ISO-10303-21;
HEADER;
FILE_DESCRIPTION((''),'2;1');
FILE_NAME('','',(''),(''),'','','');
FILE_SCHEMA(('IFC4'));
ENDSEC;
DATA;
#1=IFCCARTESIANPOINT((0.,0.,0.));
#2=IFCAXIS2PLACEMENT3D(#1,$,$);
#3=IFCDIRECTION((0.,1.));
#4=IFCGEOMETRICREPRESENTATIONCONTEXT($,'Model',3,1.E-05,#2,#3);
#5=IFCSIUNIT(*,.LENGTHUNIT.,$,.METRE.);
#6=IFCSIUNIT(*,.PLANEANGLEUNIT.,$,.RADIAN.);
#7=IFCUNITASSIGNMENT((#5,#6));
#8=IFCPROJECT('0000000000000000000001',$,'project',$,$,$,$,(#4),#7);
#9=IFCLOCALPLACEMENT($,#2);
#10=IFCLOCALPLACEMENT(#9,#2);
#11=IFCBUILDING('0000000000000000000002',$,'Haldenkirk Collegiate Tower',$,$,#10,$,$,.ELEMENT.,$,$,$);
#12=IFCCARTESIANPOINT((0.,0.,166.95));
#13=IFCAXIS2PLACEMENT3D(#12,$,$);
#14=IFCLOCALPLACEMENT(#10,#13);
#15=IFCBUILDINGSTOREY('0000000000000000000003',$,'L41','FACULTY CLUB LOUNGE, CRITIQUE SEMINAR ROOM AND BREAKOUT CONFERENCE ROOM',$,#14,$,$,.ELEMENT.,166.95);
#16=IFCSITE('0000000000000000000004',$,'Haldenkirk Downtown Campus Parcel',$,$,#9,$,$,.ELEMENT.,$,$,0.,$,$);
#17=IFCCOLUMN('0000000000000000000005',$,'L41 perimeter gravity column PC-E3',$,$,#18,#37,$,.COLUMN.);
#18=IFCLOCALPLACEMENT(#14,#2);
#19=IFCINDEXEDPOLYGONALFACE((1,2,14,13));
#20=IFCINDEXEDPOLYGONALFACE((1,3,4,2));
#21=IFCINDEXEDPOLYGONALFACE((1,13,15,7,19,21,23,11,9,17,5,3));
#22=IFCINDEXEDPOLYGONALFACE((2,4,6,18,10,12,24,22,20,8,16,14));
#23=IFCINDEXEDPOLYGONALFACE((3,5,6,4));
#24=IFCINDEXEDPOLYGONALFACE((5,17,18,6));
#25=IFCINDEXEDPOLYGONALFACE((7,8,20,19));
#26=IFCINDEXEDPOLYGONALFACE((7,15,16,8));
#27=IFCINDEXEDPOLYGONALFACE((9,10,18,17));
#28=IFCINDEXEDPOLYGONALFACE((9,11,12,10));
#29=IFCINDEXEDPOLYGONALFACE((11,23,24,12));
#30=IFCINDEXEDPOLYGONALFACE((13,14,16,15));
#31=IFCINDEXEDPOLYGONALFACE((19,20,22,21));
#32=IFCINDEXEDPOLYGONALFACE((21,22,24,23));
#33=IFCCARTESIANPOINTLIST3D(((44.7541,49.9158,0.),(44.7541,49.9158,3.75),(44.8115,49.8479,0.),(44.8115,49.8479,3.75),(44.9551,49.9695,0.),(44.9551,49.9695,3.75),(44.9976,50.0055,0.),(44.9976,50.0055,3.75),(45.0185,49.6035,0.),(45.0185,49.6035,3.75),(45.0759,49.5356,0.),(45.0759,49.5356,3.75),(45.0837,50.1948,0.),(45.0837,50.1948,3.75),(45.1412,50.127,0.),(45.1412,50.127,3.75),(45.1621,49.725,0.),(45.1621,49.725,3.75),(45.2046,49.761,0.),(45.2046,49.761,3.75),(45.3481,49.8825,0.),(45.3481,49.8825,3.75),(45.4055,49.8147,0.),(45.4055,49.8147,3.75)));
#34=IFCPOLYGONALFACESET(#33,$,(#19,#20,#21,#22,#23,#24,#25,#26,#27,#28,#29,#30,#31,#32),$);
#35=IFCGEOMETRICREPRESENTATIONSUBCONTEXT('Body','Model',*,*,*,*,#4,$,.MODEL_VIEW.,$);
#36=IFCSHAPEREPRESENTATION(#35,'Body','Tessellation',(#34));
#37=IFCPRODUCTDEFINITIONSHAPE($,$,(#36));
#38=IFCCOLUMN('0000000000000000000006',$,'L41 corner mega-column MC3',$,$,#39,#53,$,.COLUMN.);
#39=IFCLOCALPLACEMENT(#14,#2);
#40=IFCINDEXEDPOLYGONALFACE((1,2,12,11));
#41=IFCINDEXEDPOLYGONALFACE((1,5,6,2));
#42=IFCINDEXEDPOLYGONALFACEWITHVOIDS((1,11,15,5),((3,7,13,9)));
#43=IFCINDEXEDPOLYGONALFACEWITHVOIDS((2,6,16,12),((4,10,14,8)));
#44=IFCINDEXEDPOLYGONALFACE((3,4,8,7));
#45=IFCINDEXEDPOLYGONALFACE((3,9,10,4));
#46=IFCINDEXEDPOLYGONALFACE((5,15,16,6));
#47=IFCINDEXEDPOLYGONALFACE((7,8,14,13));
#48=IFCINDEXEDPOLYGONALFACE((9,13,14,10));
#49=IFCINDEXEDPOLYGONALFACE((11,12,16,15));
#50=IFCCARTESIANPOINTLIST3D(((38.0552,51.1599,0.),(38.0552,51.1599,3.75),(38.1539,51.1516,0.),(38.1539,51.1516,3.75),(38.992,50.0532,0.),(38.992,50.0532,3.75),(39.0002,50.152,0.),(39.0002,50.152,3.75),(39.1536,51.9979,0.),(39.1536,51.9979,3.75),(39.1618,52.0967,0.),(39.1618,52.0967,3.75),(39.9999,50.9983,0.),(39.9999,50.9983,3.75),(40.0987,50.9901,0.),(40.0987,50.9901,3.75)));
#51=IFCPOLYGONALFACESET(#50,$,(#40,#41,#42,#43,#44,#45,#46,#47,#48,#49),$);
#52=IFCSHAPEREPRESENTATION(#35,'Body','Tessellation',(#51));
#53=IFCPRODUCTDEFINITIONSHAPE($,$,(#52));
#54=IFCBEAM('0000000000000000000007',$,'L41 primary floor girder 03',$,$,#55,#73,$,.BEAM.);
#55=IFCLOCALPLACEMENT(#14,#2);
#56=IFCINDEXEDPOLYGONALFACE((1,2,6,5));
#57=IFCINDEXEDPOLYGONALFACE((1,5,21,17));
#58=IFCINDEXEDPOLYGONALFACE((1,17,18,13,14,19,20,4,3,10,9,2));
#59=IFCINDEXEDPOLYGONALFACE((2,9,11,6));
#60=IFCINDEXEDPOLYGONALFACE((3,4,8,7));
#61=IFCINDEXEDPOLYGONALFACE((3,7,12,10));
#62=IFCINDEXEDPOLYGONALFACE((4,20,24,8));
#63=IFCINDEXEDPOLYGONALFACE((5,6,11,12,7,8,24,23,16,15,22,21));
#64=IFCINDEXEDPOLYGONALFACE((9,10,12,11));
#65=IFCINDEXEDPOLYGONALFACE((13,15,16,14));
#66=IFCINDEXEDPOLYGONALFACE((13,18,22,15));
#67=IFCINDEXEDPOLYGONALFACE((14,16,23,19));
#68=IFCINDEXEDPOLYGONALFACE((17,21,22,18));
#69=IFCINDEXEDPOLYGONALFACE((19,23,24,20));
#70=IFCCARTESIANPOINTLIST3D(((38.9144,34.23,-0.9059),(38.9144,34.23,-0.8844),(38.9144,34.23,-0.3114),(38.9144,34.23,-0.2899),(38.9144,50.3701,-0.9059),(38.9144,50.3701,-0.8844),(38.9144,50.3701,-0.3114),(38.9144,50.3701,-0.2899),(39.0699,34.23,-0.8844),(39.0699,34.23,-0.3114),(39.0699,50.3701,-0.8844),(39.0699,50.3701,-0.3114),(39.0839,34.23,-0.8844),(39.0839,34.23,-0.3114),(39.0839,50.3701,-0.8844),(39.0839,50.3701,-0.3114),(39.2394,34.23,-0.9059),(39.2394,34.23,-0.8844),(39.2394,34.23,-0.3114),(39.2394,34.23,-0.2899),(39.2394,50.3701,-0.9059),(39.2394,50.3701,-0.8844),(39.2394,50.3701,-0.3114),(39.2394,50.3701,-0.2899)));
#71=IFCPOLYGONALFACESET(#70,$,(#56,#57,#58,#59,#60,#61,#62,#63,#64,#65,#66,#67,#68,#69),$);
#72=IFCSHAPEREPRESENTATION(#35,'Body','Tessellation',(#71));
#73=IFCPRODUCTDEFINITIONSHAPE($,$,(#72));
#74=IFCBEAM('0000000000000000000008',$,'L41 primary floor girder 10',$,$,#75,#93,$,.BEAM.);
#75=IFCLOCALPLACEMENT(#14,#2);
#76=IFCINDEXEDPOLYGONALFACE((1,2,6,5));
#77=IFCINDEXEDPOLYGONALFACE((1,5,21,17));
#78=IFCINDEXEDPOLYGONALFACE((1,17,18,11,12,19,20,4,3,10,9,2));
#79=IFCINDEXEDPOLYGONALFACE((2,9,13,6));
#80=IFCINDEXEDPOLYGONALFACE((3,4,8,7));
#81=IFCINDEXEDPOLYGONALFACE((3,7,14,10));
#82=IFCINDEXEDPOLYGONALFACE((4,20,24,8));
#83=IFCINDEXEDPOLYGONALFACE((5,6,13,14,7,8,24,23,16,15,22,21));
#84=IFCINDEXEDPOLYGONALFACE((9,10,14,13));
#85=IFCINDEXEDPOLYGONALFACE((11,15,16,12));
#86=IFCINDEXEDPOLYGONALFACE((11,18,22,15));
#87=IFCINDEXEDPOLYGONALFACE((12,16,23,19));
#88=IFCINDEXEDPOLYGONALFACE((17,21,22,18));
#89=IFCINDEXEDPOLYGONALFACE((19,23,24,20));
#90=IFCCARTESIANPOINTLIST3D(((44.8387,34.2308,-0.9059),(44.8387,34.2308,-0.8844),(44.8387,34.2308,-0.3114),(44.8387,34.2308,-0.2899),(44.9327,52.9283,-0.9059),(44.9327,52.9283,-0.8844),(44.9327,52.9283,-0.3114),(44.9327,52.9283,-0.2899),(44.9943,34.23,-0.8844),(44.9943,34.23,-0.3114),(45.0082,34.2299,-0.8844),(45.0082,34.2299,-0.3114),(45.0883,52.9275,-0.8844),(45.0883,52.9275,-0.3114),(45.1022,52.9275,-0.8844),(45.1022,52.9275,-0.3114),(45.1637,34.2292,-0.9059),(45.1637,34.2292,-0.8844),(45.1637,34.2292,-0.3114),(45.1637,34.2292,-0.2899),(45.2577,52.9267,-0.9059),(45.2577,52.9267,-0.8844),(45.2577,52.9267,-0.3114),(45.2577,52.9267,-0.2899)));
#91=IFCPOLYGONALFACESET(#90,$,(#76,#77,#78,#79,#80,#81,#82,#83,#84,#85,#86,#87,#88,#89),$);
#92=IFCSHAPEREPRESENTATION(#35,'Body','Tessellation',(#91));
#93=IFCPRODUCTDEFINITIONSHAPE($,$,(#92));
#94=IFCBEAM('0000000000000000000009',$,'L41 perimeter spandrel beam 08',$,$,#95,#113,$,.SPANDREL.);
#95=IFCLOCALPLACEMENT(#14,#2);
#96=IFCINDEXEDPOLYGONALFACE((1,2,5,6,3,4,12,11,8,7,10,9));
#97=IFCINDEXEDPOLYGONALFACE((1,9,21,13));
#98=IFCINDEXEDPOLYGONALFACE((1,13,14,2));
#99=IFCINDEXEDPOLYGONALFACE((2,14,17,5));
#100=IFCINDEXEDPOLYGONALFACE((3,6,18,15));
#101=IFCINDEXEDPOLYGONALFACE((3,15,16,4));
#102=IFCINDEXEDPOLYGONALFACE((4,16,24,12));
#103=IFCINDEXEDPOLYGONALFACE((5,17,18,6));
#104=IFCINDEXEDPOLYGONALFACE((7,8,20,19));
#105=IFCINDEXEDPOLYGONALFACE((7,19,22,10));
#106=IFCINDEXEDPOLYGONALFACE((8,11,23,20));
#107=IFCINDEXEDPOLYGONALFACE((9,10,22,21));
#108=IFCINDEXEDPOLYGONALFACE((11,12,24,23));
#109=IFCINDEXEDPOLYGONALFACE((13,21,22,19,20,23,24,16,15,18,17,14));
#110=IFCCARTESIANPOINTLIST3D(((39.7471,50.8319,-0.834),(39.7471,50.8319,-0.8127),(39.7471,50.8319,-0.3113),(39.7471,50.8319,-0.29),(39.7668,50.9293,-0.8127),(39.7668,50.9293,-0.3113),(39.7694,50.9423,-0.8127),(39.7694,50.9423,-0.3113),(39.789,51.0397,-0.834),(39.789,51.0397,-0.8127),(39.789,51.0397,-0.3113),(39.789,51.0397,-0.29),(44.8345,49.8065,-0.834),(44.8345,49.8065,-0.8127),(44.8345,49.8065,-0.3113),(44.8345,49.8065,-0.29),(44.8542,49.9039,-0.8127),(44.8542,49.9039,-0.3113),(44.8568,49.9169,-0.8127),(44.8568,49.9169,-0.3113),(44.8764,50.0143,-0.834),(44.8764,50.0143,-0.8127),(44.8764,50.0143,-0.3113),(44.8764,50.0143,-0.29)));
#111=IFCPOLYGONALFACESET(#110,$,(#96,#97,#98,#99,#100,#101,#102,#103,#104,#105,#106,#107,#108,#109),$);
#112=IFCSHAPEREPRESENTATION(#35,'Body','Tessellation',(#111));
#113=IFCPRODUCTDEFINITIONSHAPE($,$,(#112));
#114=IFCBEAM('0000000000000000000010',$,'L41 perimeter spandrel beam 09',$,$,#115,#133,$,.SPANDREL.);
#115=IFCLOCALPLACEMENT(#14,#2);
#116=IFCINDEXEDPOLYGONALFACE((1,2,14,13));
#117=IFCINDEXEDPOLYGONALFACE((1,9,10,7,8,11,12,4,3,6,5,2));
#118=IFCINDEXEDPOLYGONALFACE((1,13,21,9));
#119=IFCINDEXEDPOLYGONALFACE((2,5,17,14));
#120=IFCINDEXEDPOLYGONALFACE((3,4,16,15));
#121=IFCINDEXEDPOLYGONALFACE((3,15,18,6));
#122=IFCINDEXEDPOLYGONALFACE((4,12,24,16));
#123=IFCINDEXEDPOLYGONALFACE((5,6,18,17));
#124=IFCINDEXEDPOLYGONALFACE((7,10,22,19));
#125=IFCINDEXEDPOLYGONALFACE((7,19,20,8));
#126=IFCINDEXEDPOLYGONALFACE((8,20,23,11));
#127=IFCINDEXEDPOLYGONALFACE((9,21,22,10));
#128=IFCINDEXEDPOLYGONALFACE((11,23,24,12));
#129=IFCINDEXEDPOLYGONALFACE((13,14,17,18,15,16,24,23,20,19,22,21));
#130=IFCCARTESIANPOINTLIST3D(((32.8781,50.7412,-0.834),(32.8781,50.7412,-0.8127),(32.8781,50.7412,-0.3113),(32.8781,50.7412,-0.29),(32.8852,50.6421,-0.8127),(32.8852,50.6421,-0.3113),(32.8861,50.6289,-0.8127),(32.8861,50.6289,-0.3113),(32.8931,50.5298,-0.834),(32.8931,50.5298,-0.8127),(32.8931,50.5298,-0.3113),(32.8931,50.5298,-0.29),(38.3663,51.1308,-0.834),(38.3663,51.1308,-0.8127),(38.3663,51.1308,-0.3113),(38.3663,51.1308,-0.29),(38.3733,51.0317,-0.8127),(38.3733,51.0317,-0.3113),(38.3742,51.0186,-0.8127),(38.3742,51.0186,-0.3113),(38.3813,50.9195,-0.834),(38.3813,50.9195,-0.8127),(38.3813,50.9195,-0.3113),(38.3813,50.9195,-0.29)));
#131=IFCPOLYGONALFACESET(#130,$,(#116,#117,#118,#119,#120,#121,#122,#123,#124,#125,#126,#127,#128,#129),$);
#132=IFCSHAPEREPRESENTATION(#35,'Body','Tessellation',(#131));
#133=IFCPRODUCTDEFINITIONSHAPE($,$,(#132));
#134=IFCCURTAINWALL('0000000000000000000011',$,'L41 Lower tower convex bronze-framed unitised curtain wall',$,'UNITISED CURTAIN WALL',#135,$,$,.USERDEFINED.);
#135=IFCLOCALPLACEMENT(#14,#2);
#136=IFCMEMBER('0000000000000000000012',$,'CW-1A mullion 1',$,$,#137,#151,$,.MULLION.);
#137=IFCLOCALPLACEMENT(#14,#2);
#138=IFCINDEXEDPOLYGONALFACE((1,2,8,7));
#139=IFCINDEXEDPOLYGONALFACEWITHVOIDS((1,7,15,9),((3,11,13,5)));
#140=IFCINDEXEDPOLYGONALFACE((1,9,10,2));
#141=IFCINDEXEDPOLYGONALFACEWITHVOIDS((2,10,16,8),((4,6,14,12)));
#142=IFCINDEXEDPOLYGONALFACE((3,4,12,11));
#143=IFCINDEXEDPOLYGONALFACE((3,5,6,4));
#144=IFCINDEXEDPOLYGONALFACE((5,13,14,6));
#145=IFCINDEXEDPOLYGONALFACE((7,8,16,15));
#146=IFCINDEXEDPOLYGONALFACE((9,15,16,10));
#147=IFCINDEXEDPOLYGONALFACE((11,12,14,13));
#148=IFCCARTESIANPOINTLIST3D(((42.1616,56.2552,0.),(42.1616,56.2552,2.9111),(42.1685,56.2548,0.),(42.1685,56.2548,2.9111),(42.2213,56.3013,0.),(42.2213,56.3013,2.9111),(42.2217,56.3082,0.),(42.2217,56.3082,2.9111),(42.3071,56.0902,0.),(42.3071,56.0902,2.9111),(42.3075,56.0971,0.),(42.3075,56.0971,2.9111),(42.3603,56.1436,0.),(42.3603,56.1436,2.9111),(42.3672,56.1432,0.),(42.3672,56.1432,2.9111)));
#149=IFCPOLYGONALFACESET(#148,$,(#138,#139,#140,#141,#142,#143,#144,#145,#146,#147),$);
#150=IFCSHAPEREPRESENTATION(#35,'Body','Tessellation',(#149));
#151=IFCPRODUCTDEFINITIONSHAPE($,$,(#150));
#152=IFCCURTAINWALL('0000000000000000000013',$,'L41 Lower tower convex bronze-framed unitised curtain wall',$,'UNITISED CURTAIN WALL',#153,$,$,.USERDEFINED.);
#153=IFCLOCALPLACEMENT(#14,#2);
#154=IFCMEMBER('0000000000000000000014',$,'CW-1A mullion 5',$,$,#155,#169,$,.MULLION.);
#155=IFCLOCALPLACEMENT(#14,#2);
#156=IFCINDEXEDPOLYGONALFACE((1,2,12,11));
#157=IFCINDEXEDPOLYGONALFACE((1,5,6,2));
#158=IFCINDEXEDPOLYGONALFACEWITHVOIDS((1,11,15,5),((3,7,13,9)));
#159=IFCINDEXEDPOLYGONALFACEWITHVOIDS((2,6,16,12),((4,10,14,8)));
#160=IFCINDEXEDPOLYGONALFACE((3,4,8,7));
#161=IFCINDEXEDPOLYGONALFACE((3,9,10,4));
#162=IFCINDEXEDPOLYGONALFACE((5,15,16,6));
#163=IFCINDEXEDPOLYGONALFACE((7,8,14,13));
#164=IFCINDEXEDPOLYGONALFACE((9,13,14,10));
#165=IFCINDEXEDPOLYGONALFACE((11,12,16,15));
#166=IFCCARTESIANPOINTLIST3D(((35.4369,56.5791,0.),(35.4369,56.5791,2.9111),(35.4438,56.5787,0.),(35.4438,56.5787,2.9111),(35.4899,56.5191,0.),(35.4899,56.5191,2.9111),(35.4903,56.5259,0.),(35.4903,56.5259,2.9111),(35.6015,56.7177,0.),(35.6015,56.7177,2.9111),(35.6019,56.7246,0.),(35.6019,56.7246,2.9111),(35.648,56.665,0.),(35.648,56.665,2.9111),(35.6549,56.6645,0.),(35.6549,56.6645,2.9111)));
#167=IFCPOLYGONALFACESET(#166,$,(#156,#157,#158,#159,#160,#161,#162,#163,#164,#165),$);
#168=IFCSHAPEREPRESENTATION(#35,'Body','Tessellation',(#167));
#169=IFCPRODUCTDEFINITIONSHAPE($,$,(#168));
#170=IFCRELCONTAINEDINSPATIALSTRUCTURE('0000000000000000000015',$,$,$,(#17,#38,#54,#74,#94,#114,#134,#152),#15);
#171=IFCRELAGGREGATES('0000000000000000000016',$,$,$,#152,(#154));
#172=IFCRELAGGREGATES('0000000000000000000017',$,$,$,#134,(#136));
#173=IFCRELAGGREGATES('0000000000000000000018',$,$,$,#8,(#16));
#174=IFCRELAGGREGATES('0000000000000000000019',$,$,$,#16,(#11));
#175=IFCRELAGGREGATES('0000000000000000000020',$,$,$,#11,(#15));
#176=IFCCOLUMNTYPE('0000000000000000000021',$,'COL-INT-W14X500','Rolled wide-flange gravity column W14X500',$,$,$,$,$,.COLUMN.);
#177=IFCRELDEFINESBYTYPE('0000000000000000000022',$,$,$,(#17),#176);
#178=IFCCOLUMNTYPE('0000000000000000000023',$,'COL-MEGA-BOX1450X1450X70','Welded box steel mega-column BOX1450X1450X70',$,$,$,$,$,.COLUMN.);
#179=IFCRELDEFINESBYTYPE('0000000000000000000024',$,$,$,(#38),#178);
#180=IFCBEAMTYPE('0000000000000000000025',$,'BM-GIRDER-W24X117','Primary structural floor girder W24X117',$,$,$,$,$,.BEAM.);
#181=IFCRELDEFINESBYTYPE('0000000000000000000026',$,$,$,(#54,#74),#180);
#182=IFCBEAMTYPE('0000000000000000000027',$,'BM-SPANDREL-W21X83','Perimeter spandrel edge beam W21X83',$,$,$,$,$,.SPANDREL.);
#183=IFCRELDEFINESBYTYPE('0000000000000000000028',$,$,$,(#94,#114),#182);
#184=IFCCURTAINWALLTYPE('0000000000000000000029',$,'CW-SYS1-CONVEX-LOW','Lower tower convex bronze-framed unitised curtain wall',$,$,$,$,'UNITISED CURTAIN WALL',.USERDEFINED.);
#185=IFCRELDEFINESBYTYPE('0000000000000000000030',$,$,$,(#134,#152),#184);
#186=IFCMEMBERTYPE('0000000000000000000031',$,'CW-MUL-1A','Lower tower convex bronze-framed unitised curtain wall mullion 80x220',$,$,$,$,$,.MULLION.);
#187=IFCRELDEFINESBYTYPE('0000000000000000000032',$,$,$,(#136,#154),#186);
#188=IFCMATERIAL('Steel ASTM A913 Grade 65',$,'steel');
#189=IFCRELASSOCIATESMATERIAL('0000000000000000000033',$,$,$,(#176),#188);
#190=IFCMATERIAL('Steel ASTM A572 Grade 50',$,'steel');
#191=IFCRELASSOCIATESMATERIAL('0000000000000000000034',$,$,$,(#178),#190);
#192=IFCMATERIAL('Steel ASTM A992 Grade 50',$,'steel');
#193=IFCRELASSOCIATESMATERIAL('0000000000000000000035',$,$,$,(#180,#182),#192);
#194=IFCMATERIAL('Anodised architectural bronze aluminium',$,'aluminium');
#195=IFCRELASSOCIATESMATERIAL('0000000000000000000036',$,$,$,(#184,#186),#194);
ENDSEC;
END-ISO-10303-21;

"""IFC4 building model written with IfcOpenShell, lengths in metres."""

from ifc_helpers import new_model, si_unit, direction, frame, origin, origin_2d, place, context, subcontext, project, spatial, hollow_rectangle, i_section, extrude, material, material_profile, profile_set, type_object, element, aggregate, save


model = new_model("IFC4")

# Units and contexts
model_context = context("Model", 3, precision=1e-05, world=origin(), true_north=direction((0.0, 1.0)))
body_context = subcontext(model_context, "Body", "Model", "MODEL_VIEW")
ifc_project = project(units=[si_unit("LENGTHUNIT", "METRE"), si_unit("PLANEANGLEUNIT", "RADIAN")], contexts=[model_context])

# Site, building, storey
site_placement = place(None, origin())
site = spatial("IfcSite", under=ifc_project, at=site_placement, Name="Haldenkirk Downtown Campus Parcel", CompositionType="ELEMENT", RefElevation=0.0)
building_placement = place(site_placement, origin())
building = spatial("IfcBuilding", under=site, at=building_placement, Name="Haldenkirk Collegiate Tower", CompositionType="ELEMENT")
storey_placement = place(building_placement, frame((0.0, 0.0, 166.95)))
storey = spatial("IfcBuildingStorey", under=building, at=storey_placement, Name="L41", Description="FACULTY CLUB LOUNGE, CRITIQUE SEMINAR ROOM AND BREAKOUT CONFERENCE ROOM", CompositionType="ELEMENT", Elevation=166.95)

# Columns
ifc_material_1 = material(Name="Steel ASTM A913 Grade 65", Category="steel")
ifc_material_profile_1 = material_profile(ifc_material_1, i_section(OverallWidth=0.4319, OverallDepth=0.498, WebThickness=0.0557, FlangeThickness=0.0889, at=origin_2d()), Name="W14X500")
ifc_profile_set_1 = profile_set([ifc_material_profile_1], Name="Steel ASTM A913 Grade 65")
column_type_1 = type_object("IfcColumnType", Name="COL-INT-W14X500", Description="Rolled wide-flange gravity column W14X500", PredefinedType="COLUMN", material=ifc_profile_set_1)
column_1_placement = place(storey_placement, frame((45.0798, 49.8652, 0.0), z_axis=(0.0, 0.0, 1.0), x_axis=(0.763232, 0.646124, 0.0)))
element("IfcColumn", 1, at=column_1_placement, inside=storey, type_object=column_type_1, Name="L41 perimeter gravity column PC-E3", PredefinedType="COLUMN", context=body_context, shape_type="SweptSolid", body=[
    extrude(i_section(OverallWidth=0.4319, OverallDepth=0.498, WebThickness=0.0557, FlangeThickness=0.0889, at=origin_2d()), origin(), (0.0, 0.0, 1.0), 3.75),
])
ifc_material_2 = material(Name="Steel ASTM A572 Grade 50", Category="steel")
ifc_material_profile_2 = material_profile(ifc_material_2, hollow_rectangle(XDim=1.45, YDim=1.45, WallThickness=0.0701, at=origin_2d()), Name="BOX1450X1450X70")
ifc_profile_set_2 = profile_set([ifc_material_profile_2], Name="Steel ASTM A572 Grade 50")
column_type_2 = type_object("IfcColumnType", Name="COL-MEGA-BOX1450X1450X70", Description="Welded box steel mega-column BOX1450X1450X70", PredefinedType="COLUMN", material=ifc_profile_set_2)
column_2_placement = place(storey_placement, frame((39.0769, 51.075, 0.0), z_axis=(0.0, 0.0, 1.0), x_axis=(0.763232, 0.646124, 0.0)))
element("IfcColumn", 2, at=column_2_placement, inside=storey, type_object=column_type_2, Name="L41 corner mega-column MC3", PredefinedType="COLUMN", context=body_context, shape_type="SweptSolid", body=[
    extrude(hollow_rectangle(XDim=1.45, YDim=1.45, WallThickness=0.0701, at=origin_2d()), origin(), (0.0, 0.0, 1.0), 3.75),
])

# Beams
ifc_material_3 = material(Name="Steel ASTM A992 Grade 50", Category="steel")
ifc_material_profile_3 = material_profile(ifc_material_3, i_section(OverallWidth=0.325, OverallDepth=0.616, WebThickness=0.0139, FlangeThickness=0.0215, at=origin_2d()), Name="W24X117")
ifc_profile_set_3 = profile_set([ifc_material_profile_3], Name="Steel ASTM A992 Grade 50")
beam_type_1 = type_object("IfcBeamType", Name="BM-GIRDER-W24X117", Description="Primary structural floor girder W24X117", PredefinedType="BEAM", material=ifc_profile_set_3)
beam_1_placement = place(storey_placement, frame((39.0769, 50.3701, -0.5979), z_axis=(0.0, -1.0, 0.0), x_axis=(1.0, 0.0, 0.0)))
element("IfcBeam", 3, at=beam_1_placement, inside=storey, type_object=beam_type_1, Name="L41 primary floor girder 03", PredefinedType="BEAM", context=body_context, shape_type="SweptSolid", body=[
    extrude(i_section(OverallWidth=0.325, OverallDepth=0.616, WebThickness=0.0139, FlangeThickness=0.0215, at=origin_2d()), origin(), (0.0, 0.0, 1.0), 16.1401),
])
beam_2_placement = place(storey_placement, frame((45.0952, 52.9275, -0.5979), z_axis=(-0.005027, -0.999987, 0.0), x_axis=(0.999987, -0.005027, 0.0)))
element("IfcBeam", 4, at=beam_2_placement, inside=storey, type_object=beam_type_1, Name="L41 primary floor girder 10", PredefinedType="BEAM", context=body_context, shape_type="SweptSolid", body=[
    extrude(i_section(OverallWidth=0.325, OverallDepth=0.616, WebThickness=0.0139, FlangeThickness=0.0215, at=origin_2d()), origin(), (0.0, 0.0, 1.0), 18.6978),
])
ifc_material_profile_4 = material_profile(ifc_material_3, i_section(OverallWidth=0.2119, OverallDepth=0.5439, WebThickness=0.0132, FlangeThickness=0.0212, at=origin_2d()), Name="W21X83")
ifc_profile_set_4 = profile_set([ifc_material_profile_4], Name="Steel ASTM A992 Grade 50")
beam_type_2 = type_object("IfcBeamType", Name="BM-SPANDREL-W21X83", Description="Perimeter spandrel edge beam W21X83", PredefinedType="SPANDREL", material=ifc_profile_set_4)
beam_3_placement = place(storey_placement, frame((44.8555, 49.9104, -0.562), z_axis=(-0.980286, 0.197581, 0.0), x_axis=(-0.197581, -0.980286, 0.0)))
element("IfcBeam", 5, at=beam_3_placement, inside=storey, type_object=beam_type_2, Name="L41 perimeter spandrel beam 08", PredefinedType="SPANDREL", context=body_context, shape_type="SweptSolid", body=[
    extrude(i_section(OverallWidth=0.2119, OverallDepth=0.5439, WebThickness=0.0132, FlangeThickness=0.0212, at=origin_2d()), origin(), (0.0, 0.0, 1.0), 5.1897),
])
beam_4_placement = place(storey_placement, frame((38.3738, 51.0251, -0.562), z_axis=(-0.997489, -0.070821, 0.0), x_axis=(0.070821, -0.997489, 0.0)))
element("IfcBeam", 6, at=beam_4_placement, inside=storey, type_object=beam_type_2, Name="L41 perimeter spandrel beam 09", PredefinedType="SPANDREL", context=body_context, shape_type="SweptSolid", body=[
    extrude(i_section(OverallWidth=0.2119, OverallDepth=0.5439, WebThickness=0.0132, FlangeThickness=0.0212, at=origin_2d()), origin(), (0.0, 0.0, 1.0), 5.502),
])

# Curtain walls, members
ifc_material_4 = material(Name="Anodised architectural bronze aluminium", Category="aluminium")
curtain_wall_type = type_object("IfcCurtainWallType", Name="CW-SYS1-CONVEX-LOW", Description="Lower tower convex bronze-framed unitised curtain wall", ElementType="UNITISED CURTAIN WALL", PredefinedType="USERDEFINED", material=ifc_material_4)
curtain_wall_1_placement = place(storey_placement, origin())
curtain_wall_1 = element("IfcCurtainWall", 7, at=curtain_wall_1_placement, inside=storey, type_object=curtain_wall_type, Name="L41 Lower tower convex bronze-framed unitised curtain wall", ObjectType="UNITISED CURTAIN WALL", PredefinedType="USERDEFINED")
ifc_material_profile_5 = material_profile(ifc_material_4, hollow_rectangle(XDim=0.0801, YDim=0.22, WallThickness=0.0049, at=origin_2d()), Name="CW-MUL-1A")
ifc_profile_set_5 = profile_set([ifc_material_profile_5], Name="Anodised architectural bronze aluminium")
member_type_1 = type_object("IfcMemberType", Name="CW-MUL-1A", Description="Lower tower convex bronze-framed unitised curtain wall mullion 80x220", PredefinedType="MULLION", material=ifc_profile_set_5)
member_1_placement = place(storey_placement, frame((42.2644, 56.1992, 0.0), z_axis=(0.0, 0.0, 1.0), x_axis=(0.750112, 0.661311, 0.0)))
member_1 = element("IfcMember", 8, at=member_1_placement, type_object=member_type_1, Name="CW-1A mullion 1", PredefinedType="MULLION", context=body_context, shape_type="SweptSolid", body=[
    extrude(hollow_rectangle(XDim=0.0801, YDim=0.22, WallThickness=0.0049, at=origin_2d()), origin(), (0.0, 0.0, 1.0), 2.9111),
])
curtain_wall_2_placement = place(storey_placement, origin())
curtain_wall_2 = element("IfcCurtainWall", 9, at=curtain_wall_2_placement, inside=storey, type_object=curtain_wall_type, Name="L41 Lower tower convex bronze-framed unitised curtain wall", ObjectType="UNITISED CURTAIN WALL", PredefinedType="USERDEFINED")
member_2_placement = place(storey_placement, frame((35.5459, 56.6218, 0.0), z_axis=(0.0, 0.0, 1.0), x_axis=(-0.66131, 0.750112, 0.0)))
member_2 = element("IfcMember", 10, at=member_2_placement, type_object=member_type_1, Name="CW-1A mullion 5", PredefinedType="MULLION", context=body_context, shape_type="SweptSolid", body=[
    extrude(hollow_rectangle(XDim=0.0801, YDim=0.22, WallThickness=0.0049, at=origin_2d()), origin(), (0.0, 0.0, 1.0), 2.9111),
])
aggregate(curtain_wall_2, [member_2])

aggregate(curtain_wall_1, [member_1])

save(model, "model.ifc")
